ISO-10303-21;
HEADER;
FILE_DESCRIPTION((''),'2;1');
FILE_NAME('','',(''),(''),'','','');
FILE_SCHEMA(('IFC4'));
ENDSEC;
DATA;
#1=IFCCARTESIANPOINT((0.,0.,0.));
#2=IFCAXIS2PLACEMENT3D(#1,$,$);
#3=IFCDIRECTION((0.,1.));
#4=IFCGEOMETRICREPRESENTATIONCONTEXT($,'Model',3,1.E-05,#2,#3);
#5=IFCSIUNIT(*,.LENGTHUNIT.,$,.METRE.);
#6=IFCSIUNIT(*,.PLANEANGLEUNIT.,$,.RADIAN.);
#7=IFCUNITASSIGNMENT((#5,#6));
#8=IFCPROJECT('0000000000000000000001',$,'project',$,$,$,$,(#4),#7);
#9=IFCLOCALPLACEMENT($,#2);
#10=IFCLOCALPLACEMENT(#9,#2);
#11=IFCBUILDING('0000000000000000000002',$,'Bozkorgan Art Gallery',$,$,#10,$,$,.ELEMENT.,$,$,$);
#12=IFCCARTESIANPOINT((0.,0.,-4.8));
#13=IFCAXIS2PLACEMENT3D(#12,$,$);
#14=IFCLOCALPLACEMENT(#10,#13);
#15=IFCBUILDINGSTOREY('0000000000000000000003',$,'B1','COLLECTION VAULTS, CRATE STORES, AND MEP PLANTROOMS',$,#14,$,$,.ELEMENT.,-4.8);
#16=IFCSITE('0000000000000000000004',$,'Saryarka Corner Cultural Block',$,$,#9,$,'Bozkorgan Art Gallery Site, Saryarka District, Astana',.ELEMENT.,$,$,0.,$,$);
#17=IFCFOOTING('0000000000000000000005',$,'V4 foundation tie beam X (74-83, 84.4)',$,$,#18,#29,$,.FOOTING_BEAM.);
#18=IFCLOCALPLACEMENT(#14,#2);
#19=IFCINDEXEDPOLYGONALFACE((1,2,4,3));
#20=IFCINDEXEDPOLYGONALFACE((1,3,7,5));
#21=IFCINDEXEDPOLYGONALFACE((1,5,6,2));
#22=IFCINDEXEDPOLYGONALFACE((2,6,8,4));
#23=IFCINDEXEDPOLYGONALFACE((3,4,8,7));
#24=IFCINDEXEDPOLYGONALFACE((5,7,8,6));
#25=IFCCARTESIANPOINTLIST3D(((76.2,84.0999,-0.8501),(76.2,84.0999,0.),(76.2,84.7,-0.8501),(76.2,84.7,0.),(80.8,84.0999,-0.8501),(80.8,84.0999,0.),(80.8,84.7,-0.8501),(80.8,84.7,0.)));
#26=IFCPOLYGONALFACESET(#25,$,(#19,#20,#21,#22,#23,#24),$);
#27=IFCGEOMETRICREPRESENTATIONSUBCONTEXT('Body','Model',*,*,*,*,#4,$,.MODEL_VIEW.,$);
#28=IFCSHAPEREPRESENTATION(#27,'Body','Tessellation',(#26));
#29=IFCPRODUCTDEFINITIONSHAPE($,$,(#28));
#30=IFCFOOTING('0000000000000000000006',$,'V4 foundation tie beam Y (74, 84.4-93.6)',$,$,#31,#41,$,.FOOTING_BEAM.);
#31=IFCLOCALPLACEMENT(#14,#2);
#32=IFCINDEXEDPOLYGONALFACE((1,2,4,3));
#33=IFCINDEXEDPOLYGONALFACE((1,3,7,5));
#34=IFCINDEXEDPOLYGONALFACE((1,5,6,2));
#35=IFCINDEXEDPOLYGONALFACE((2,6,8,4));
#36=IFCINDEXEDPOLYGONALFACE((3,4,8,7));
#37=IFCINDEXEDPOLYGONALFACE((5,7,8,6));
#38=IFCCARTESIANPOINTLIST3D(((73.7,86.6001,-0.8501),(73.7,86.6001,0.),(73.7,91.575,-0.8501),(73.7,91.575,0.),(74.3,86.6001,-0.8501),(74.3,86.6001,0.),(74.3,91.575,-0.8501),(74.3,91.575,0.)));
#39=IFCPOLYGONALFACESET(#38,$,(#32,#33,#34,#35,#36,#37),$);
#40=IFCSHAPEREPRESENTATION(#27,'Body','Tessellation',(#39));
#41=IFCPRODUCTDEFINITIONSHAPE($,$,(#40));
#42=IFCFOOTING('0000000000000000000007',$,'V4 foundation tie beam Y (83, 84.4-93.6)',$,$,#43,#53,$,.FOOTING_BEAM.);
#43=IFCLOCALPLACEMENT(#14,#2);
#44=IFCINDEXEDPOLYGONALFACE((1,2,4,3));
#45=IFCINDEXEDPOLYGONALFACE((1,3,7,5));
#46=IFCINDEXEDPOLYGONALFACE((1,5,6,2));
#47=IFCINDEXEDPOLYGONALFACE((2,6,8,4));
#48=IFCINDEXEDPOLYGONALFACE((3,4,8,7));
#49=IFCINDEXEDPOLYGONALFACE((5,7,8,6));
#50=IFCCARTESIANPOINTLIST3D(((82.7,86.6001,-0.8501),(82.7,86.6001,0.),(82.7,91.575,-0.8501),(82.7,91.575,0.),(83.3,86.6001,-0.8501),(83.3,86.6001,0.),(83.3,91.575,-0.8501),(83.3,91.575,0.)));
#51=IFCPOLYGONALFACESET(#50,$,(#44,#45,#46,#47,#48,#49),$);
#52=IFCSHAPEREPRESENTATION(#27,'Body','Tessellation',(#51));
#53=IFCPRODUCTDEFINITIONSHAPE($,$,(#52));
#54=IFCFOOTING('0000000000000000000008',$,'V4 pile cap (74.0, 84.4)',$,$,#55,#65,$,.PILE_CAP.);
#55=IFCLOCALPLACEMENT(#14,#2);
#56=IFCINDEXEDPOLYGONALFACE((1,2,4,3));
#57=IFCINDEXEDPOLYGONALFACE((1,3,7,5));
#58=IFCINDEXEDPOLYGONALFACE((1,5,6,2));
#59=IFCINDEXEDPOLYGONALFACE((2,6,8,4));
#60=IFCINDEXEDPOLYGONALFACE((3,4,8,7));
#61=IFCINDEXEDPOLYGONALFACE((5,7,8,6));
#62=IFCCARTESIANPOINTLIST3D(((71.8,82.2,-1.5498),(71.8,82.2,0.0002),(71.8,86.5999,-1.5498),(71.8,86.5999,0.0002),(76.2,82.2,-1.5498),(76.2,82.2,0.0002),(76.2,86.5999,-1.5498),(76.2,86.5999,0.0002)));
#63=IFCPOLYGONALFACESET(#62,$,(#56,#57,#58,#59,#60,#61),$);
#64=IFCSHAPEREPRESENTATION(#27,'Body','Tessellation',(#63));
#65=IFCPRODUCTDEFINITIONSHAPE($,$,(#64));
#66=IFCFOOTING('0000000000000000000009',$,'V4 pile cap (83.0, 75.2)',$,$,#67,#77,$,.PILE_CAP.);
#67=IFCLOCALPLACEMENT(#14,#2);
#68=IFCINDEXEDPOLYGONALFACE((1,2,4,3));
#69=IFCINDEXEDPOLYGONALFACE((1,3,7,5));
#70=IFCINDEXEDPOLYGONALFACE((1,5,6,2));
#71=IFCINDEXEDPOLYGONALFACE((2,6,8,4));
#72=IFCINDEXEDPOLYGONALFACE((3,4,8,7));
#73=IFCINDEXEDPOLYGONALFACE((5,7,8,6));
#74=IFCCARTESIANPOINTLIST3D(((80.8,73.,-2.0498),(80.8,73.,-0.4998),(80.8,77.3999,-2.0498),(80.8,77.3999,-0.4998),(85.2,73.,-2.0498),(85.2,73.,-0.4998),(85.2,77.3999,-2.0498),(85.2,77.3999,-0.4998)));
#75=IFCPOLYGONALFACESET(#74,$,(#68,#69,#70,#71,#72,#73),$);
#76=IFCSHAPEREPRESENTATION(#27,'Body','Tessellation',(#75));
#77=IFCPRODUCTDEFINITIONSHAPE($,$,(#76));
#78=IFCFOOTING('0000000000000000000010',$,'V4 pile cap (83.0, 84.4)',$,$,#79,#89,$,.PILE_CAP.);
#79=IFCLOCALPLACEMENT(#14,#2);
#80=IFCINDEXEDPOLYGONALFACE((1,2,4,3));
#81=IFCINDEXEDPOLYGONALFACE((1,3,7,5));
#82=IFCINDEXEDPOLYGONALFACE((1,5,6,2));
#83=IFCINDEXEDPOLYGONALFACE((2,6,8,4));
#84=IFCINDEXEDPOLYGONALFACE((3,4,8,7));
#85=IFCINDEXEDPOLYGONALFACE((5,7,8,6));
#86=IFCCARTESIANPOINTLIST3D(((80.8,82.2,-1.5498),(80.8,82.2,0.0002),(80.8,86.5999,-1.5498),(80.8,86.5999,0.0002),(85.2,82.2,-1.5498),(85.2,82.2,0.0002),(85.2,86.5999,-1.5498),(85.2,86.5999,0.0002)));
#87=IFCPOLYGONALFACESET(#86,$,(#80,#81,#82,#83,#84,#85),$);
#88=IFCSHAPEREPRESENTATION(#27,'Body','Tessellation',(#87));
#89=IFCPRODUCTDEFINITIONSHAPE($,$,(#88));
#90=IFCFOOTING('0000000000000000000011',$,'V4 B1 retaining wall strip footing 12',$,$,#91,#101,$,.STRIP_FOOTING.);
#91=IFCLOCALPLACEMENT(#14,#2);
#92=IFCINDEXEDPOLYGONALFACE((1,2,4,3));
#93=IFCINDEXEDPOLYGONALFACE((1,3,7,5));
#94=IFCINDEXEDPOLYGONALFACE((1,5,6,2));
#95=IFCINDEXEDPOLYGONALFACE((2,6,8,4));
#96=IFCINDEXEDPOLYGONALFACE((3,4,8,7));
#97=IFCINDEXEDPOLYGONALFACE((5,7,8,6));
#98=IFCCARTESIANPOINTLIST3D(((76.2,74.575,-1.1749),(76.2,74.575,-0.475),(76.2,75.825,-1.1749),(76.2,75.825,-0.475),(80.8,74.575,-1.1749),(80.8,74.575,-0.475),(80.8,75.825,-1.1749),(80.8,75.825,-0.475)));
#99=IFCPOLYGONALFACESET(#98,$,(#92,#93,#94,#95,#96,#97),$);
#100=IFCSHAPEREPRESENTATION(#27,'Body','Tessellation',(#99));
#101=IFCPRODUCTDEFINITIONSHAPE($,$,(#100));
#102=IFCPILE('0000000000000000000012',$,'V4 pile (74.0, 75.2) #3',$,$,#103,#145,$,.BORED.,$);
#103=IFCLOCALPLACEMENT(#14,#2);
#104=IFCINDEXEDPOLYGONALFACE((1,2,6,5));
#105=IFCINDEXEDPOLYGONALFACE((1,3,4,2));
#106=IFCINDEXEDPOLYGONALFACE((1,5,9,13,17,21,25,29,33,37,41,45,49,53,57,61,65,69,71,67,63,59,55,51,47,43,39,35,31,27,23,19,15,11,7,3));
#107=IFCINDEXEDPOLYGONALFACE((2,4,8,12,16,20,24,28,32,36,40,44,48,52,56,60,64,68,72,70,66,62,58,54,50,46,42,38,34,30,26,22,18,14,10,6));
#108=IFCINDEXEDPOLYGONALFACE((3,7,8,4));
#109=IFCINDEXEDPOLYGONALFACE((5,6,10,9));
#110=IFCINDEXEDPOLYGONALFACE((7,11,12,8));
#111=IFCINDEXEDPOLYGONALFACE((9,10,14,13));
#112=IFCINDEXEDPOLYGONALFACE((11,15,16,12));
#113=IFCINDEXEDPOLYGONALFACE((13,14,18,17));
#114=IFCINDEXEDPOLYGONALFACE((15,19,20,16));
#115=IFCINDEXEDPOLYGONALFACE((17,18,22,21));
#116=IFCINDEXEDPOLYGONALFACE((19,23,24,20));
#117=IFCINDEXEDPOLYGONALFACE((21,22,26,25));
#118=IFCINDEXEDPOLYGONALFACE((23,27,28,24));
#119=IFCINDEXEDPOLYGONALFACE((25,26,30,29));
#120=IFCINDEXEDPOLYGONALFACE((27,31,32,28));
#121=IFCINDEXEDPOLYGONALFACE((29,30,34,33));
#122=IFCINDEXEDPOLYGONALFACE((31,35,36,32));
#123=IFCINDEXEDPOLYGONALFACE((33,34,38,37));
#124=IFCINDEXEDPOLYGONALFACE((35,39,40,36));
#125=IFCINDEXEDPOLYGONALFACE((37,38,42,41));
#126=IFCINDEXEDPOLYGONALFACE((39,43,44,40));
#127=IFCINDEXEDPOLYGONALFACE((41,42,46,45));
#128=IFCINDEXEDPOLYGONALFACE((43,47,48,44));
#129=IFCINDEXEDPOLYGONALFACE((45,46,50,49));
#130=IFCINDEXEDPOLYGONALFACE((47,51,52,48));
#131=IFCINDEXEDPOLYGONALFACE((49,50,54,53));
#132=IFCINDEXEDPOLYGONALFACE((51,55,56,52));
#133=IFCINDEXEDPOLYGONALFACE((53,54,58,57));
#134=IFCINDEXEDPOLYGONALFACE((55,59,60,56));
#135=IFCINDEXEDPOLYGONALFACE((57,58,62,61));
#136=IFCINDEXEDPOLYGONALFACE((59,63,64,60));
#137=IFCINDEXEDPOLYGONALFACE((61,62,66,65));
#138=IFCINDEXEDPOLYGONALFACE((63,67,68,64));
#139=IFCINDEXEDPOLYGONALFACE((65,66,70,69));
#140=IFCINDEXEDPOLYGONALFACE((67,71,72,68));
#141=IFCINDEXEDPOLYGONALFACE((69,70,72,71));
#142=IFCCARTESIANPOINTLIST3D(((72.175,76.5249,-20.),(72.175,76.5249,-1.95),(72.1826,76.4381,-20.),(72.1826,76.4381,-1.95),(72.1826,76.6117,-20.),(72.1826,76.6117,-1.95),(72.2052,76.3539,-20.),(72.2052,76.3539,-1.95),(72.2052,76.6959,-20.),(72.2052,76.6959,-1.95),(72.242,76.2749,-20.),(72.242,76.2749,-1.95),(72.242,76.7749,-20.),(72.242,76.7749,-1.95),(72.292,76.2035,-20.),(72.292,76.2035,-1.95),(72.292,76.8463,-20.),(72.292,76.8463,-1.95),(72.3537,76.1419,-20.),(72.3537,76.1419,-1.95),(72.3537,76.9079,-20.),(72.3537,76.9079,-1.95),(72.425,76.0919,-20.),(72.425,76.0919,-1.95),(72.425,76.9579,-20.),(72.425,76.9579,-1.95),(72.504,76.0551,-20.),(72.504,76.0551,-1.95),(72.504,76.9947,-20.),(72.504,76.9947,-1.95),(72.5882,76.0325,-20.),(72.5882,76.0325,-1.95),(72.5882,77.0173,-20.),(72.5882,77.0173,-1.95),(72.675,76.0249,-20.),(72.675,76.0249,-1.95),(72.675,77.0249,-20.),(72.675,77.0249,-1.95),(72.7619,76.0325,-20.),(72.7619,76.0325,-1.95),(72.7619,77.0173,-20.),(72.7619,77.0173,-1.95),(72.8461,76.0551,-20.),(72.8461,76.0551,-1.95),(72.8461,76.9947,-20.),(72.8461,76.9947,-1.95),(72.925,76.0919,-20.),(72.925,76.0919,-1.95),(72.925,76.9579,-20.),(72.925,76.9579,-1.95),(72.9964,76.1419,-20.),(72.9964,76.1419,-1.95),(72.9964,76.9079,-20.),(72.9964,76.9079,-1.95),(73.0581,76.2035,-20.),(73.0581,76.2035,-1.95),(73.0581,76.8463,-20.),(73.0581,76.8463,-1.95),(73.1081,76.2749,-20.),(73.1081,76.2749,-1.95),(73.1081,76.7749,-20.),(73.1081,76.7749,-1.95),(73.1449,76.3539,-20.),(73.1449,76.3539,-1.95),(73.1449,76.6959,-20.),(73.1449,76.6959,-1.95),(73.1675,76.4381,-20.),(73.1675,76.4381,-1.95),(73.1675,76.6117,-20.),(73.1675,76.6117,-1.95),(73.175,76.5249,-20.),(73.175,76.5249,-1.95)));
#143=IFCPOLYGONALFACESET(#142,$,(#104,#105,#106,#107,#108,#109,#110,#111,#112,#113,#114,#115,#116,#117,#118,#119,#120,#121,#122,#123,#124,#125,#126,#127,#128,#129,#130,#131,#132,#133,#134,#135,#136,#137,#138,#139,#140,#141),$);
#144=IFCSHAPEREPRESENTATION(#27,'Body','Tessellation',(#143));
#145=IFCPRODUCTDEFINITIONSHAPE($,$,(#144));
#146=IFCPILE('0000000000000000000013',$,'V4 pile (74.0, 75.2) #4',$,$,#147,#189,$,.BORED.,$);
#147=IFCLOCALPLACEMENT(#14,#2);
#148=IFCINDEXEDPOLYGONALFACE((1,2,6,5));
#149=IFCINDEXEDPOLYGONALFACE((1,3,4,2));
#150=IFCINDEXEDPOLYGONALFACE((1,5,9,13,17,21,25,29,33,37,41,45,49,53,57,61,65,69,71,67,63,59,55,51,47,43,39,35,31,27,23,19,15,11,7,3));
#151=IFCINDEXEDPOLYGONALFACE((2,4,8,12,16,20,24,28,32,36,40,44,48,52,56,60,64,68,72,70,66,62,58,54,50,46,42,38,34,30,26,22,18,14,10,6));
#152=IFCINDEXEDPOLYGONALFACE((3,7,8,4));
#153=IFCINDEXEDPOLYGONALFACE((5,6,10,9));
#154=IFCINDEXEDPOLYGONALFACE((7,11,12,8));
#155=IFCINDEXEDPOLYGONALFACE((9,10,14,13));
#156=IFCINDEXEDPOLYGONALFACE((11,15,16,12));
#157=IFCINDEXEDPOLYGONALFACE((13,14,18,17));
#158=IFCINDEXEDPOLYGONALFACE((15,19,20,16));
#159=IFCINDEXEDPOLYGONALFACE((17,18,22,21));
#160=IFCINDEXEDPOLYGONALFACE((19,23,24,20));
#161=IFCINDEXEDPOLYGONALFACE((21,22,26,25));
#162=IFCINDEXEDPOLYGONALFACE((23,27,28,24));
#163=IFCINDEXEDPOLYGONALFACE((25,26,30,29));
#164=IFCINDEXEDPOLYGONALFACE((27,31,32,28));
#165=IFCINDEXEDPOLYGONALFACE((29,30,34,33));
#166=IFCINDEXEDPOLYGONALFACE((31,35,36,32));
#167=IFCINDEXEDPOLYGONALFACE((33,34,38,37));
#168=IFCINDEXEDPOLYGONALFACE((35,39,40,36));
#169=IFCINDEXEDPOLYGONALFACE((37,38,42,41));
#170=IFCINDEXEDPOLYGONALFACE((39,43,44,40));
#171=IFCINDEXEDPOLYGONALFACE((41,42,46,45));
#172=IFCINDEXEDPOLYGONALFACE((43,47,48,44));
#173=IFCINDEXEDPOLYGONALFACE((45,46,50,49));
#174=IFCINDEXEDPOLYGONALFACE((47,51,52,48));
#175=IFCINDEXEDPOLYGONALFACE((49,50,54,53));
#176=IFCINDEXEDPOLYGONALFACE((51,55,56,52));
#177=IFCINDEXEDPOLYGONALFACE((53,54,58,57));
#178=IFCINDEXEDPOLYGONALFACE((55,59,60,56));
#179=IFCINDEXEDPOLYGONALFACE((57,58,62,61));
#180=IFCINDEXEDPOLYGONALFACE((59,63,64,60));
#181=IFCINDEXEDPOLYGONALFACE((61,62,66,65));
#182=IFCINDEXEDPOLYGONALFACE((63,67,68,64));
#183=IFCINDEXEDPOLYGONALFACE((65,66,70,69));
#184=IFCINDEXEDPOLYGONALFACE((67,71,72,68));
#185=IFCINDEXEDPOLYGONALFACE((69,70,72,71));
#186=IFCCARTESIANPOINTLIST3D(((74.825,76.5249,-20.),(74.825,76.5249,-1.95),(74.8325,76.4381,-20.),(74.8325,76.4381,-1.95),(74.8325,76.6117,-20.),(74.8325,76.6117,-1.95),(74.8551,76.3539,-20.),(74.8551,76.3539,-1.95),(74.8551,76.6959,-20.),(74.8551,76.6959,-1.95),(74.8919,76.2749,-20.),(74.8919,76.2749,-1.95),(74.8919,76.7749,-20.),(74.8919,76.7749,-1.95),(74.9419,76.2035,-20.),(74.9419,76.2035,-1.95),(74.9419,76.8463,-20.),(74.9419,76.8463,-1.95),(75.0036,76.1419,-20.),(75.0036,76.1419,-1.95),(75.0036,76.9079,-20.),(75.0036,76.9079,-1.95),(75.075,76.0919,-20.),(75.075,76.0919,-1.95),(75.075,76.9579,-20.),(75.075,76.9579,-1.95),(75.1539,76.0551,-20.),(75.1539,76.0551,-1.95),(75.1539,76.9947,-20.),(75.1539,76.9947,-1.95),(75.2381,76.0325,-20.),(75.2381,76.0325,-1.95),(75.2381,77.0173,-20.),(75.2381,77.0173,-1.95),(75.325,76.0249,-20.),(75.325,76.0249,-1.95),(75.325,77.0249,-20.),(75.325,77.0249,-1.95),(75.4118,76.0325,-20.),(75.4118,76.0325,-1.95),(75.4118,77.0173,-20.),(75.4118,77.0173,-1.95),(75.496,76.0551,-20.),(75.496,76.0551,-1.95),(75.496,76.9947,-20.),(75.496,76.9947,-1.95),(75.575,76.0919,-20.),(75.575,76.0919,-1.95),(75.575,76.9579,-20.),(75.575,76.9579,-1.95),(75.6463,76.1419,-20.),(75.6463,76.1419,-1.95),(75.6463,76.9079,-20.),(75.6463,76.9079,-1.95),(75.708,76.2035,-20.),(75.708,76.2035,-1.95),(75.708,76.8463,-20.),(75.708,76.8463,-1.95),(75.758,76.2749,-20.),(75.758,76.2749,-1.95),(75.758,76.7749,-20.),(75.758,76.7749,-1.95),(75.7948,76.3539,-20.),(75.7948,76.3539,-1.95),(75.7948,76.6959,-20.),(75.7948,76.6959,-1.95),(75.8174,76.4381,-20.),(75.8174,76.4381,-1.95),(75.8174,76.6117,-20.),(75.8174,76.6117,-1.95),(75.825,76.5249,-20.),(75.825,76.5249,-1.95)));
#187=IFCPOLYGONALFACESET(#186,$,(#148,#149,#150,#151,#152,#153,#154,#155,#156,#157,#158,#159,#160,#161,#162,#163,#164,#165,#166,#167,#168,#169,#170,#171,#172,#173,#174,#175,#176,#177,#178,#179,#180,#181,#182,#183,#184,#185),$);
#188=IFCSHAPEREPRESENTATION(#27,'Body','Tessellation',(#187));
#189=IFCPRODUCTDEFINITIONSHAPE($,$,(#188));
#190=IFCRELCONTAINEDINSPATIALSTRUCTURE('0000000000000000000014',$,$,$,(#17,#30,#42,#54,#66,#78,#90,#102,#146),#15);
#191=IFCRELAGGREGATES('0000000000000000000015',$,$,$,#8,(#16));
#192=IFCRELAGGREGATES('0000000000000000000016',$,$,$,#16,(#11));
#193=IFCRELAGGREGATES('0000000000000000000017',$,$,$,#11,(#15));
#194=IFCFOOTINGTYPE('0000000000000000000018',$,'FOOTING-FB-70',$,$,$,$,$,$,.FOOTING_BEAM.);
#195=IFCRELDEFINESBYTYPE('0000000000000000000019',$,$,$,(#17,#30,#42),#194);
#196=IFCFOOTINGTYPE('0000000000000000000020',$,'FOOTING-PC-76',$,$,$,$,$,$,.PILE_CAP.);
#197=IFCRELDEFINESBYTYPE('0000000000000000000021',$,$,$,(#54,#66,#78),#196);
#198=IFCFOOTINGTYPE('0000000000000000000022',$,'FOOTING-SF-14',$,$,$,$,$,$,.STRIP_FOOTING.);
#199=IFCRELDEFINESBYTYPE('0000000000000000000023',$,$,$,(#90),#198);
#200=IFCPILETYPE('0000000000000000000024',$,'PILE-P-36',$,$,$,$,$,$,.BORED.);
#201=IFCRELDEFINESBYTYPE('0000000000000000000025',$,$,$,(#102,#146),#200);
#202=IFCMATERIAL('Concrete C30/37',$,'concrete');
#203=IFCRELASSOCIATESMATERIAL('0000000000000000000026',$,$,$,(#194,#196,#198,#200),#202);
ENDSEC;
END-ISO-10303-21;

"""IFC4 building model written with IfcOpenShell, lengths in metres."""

from ifc_helpers import new_model, si_unit, direction, frame, origin, origin_2d, place, context, subcontext, project, spatial, rectangle, circle, extrude, material, material_profile, profile_set, type_object, element, save


model = new_model("IFC4")

# Units and contexts
model_context = context("Model", 3, precision=1e-05, world=origin(), true_north=direction((0.0, 1.0)))
body_context = subcontext(model_context, "Body", "Model", "MODEL_VIEW")
ifc_project = project(units=[si_unit("LENGTHUNIT", "METRE"), si_unit("PLANEANGLEUNIT", "RADIAN")], contexts=[model_context])

# Site, building, storey
site_placement = place(None, origin())
site = spatial("IfcSite", under=ifc_project, at=site_placement, Name="Saryarka Corner Cultural Block", LongName="Bozkorgan Art Gallery Site, Saryarka District, Astana", CompositionType="ELEMENT", RefElevation=0.0)
building_placement = place(site_placement, origin())
building = spatial("IfcBuilding", under=site, at=building_placement, Name="Bozkorgan Art Gallery", CompositionType="ELEMENT")
storey_placement = place(building_placement, frame((0.0, 0.0, -4.8)))
storey = spatial("IfcBuildingStorey", under=building, at=storey_placement, Name="B1", Description="COLLECTION VAULTS, CRATE STORES, AND MEP PLANTROOMS", CompositionType="ELEMENT", Elevation=-4.8)

# Footings
ifc_material_1 = material(Name="Concrete C30/37", Category="concrete")
ifc_material_profile_1 = material_profile(ifc_material_1, rectangle(XDim=0.6001, YDim=0.8501, at=origin_2d()), Name="FND 600x850")
ifc_profile_set_1 = profile_set([ifc_material_profile_1], Name="Concrete C30/37")
footing_type_1 = type_object("IfcFootingType", Name="FOOTING-FB-70", PredefinedType="FOOTING_BEAM", material=ifc_profile_set_1)
footing_1_placement = place(storey_placement, frame((76.2, 84.3999, -0.425), z_axis=(1.0, 0.0, 0.0), x_axis=(0.0, 1.0, 0.0)))
element("IfcFooting", 1, at=footing_1_placement, inside=storey, type_object=footing_type_1, Name="V4 foundation tie beam X (74-83, 84.4)", PredefinedType="FOOTING_BEAM", context=body_context, shape_type="SweptSolid", body=[
    extrude(rectangle(XDim=0.6001, YDim=0.8501, at=origin_2d()), origin(), (0.0, 0.0, 1.0), 4.6001),
])
for number, where, z_axis, x_axis, name in (
    (2, (74.0, 86.6001, -0.425), (0.0, 1.0, 0.0), (-1.0, 0.0, 0.0), "V4 foundation tie beam Y (74, 84.4-93.6)"),
    (3, (83.0, 86.6001, -0.425), (0.0, 1.0, 0.0), (-1.0, 0.0, 0.0), "V4 foundation tie beam Y (83, 84.4-93.6)"),
):
    element("IfcFooting", number, at=place(storey_placement, frame(where, z_axis=z_axis, x_axis=x_axis)), inside=storey, type_object=footing_type_1, Name=name, PredefinedType="FOOTING_BEAM", context=body_context, shape_type="SweptSolid", body=[
        extrude(rectangle(XDim=0.6001, YDim=0.8501, at=origin_2d()), origin(), (0.0, 0.0, 1.0), 4.9749),
    ])
footing_type_2 = type_object("IfcFootingType", Name="FOOTING-PC-76", PredefinedType="PILE_CAP", material=ifc_material_1)
for number, where, z_axis, x_axis, name in (
    (4, (74.0, 84.3999, -1.5498), (0.0, 0.0, 1.0), (1.0, 0.0, 0.0), "V4 pile cap (74.0, 84.4)"),
    (5, (83.0, 75.2, -2.0498), (0.0, 0.0, 1.0), (1.0, 0.0, 0.0), "V4 pile cap (83.0, 75.2)"),
    (6, (83.0, 84.3999, -1.5498), (0.0, 0.0, 1.0), (1.0, 0.0, 0.0), "V4 pile cap (83.0, 84.4)"),
):
    element("IfcFooting", number, at=place(storey_placement, frame(where, z_axis=z_axis, x_axis=x_axis)), inside=storey, type_object=footing_type_2, Name=name, PredefinedType="PILE_CAP", context=body_context, shape_type="SweptSolid", body=[
        extrude(rectangle(XDim=4.3999, YDim=4.3999, at=origin_2d()), origin(), (0.0, 0.0, 1.0), 1.55),
    ])
ifc_material_profile_2 = material_profile(ifc_material_1, rectangle(XDim=1.25, YDim=0.7, at=origin_2d()), Name="FND 1250x700")
ifc_profile_set_2 = profile_set([ifc_material_profile_2], Name="Concrete C30/37")
footing_type_3 = type_object("IfcFootingType", Name="FOOTING-SF-14", PredefinedType="STRIP_FOOTING", material=ifc_profile_set_2)
footing_2_placement = place(storey_placement, frame((76.2, 75.2, -0.825), z_axis=(1.0, 0.0, 0.0), x_axis=(0.0, 1.0, 0.0)))
element("IfcFooting", 7, at=footing_2_placement, inside=storey, type_object=footing_type_3, Name="V4 B1 retaining wall strip footing 12", PredefinedType="STRIP_FOOTING", context=body_context, shape_type="SweptSolid", body=[
    extrude(rectangle(XDim=1.25, YDim=0.7, at=origin_2d()), origin(), (0.0, 0.0, 1.0), 4.6001),
])

# Piles
ifc_material_profile_3 = material_profile(ifc_material_1, circle(Radius=0.5, at=origin_2d()), Name="PILE D1000")
ifc_profile_set_3 = profile_set([ifc_material_profile_3], Name="Concrete C30/37")
pile_type = type_object("IfcPileType", Name="PILE-P-36", PredefinedType="BORED", material=ifc_profile_set_3)
for number, where, z_axis, x_axis, name in (
    (8, (72.675, 76.5249, -1.95), (0.0, 0.0, -1.0), (1.0, 0.0, 0.0), "V4 pile (74.0, 75.2) #3"),
    (9, (75.325, 76.5249, -1.95), (0.0, 0.0, -1.0), (1.0, 0.0, 0.0), "V4 pile (74.0, 75.2) #4"),
):
    element("IfcPile", number, at=place(storey_placement, frame(where, z_axis=z_axis, x_axis=x_axis)), inside=storey, type_object=pile_type, Name=name, PredefinedType="BORED", context=body_context, shape_type="SweptSolid", body=[
        extrude(circle(Radius=0.5, at=origin_2d()), origin(), (0.0, 0.0, 1.0), 18.05),
    ])

save(model, "model.ifc")
